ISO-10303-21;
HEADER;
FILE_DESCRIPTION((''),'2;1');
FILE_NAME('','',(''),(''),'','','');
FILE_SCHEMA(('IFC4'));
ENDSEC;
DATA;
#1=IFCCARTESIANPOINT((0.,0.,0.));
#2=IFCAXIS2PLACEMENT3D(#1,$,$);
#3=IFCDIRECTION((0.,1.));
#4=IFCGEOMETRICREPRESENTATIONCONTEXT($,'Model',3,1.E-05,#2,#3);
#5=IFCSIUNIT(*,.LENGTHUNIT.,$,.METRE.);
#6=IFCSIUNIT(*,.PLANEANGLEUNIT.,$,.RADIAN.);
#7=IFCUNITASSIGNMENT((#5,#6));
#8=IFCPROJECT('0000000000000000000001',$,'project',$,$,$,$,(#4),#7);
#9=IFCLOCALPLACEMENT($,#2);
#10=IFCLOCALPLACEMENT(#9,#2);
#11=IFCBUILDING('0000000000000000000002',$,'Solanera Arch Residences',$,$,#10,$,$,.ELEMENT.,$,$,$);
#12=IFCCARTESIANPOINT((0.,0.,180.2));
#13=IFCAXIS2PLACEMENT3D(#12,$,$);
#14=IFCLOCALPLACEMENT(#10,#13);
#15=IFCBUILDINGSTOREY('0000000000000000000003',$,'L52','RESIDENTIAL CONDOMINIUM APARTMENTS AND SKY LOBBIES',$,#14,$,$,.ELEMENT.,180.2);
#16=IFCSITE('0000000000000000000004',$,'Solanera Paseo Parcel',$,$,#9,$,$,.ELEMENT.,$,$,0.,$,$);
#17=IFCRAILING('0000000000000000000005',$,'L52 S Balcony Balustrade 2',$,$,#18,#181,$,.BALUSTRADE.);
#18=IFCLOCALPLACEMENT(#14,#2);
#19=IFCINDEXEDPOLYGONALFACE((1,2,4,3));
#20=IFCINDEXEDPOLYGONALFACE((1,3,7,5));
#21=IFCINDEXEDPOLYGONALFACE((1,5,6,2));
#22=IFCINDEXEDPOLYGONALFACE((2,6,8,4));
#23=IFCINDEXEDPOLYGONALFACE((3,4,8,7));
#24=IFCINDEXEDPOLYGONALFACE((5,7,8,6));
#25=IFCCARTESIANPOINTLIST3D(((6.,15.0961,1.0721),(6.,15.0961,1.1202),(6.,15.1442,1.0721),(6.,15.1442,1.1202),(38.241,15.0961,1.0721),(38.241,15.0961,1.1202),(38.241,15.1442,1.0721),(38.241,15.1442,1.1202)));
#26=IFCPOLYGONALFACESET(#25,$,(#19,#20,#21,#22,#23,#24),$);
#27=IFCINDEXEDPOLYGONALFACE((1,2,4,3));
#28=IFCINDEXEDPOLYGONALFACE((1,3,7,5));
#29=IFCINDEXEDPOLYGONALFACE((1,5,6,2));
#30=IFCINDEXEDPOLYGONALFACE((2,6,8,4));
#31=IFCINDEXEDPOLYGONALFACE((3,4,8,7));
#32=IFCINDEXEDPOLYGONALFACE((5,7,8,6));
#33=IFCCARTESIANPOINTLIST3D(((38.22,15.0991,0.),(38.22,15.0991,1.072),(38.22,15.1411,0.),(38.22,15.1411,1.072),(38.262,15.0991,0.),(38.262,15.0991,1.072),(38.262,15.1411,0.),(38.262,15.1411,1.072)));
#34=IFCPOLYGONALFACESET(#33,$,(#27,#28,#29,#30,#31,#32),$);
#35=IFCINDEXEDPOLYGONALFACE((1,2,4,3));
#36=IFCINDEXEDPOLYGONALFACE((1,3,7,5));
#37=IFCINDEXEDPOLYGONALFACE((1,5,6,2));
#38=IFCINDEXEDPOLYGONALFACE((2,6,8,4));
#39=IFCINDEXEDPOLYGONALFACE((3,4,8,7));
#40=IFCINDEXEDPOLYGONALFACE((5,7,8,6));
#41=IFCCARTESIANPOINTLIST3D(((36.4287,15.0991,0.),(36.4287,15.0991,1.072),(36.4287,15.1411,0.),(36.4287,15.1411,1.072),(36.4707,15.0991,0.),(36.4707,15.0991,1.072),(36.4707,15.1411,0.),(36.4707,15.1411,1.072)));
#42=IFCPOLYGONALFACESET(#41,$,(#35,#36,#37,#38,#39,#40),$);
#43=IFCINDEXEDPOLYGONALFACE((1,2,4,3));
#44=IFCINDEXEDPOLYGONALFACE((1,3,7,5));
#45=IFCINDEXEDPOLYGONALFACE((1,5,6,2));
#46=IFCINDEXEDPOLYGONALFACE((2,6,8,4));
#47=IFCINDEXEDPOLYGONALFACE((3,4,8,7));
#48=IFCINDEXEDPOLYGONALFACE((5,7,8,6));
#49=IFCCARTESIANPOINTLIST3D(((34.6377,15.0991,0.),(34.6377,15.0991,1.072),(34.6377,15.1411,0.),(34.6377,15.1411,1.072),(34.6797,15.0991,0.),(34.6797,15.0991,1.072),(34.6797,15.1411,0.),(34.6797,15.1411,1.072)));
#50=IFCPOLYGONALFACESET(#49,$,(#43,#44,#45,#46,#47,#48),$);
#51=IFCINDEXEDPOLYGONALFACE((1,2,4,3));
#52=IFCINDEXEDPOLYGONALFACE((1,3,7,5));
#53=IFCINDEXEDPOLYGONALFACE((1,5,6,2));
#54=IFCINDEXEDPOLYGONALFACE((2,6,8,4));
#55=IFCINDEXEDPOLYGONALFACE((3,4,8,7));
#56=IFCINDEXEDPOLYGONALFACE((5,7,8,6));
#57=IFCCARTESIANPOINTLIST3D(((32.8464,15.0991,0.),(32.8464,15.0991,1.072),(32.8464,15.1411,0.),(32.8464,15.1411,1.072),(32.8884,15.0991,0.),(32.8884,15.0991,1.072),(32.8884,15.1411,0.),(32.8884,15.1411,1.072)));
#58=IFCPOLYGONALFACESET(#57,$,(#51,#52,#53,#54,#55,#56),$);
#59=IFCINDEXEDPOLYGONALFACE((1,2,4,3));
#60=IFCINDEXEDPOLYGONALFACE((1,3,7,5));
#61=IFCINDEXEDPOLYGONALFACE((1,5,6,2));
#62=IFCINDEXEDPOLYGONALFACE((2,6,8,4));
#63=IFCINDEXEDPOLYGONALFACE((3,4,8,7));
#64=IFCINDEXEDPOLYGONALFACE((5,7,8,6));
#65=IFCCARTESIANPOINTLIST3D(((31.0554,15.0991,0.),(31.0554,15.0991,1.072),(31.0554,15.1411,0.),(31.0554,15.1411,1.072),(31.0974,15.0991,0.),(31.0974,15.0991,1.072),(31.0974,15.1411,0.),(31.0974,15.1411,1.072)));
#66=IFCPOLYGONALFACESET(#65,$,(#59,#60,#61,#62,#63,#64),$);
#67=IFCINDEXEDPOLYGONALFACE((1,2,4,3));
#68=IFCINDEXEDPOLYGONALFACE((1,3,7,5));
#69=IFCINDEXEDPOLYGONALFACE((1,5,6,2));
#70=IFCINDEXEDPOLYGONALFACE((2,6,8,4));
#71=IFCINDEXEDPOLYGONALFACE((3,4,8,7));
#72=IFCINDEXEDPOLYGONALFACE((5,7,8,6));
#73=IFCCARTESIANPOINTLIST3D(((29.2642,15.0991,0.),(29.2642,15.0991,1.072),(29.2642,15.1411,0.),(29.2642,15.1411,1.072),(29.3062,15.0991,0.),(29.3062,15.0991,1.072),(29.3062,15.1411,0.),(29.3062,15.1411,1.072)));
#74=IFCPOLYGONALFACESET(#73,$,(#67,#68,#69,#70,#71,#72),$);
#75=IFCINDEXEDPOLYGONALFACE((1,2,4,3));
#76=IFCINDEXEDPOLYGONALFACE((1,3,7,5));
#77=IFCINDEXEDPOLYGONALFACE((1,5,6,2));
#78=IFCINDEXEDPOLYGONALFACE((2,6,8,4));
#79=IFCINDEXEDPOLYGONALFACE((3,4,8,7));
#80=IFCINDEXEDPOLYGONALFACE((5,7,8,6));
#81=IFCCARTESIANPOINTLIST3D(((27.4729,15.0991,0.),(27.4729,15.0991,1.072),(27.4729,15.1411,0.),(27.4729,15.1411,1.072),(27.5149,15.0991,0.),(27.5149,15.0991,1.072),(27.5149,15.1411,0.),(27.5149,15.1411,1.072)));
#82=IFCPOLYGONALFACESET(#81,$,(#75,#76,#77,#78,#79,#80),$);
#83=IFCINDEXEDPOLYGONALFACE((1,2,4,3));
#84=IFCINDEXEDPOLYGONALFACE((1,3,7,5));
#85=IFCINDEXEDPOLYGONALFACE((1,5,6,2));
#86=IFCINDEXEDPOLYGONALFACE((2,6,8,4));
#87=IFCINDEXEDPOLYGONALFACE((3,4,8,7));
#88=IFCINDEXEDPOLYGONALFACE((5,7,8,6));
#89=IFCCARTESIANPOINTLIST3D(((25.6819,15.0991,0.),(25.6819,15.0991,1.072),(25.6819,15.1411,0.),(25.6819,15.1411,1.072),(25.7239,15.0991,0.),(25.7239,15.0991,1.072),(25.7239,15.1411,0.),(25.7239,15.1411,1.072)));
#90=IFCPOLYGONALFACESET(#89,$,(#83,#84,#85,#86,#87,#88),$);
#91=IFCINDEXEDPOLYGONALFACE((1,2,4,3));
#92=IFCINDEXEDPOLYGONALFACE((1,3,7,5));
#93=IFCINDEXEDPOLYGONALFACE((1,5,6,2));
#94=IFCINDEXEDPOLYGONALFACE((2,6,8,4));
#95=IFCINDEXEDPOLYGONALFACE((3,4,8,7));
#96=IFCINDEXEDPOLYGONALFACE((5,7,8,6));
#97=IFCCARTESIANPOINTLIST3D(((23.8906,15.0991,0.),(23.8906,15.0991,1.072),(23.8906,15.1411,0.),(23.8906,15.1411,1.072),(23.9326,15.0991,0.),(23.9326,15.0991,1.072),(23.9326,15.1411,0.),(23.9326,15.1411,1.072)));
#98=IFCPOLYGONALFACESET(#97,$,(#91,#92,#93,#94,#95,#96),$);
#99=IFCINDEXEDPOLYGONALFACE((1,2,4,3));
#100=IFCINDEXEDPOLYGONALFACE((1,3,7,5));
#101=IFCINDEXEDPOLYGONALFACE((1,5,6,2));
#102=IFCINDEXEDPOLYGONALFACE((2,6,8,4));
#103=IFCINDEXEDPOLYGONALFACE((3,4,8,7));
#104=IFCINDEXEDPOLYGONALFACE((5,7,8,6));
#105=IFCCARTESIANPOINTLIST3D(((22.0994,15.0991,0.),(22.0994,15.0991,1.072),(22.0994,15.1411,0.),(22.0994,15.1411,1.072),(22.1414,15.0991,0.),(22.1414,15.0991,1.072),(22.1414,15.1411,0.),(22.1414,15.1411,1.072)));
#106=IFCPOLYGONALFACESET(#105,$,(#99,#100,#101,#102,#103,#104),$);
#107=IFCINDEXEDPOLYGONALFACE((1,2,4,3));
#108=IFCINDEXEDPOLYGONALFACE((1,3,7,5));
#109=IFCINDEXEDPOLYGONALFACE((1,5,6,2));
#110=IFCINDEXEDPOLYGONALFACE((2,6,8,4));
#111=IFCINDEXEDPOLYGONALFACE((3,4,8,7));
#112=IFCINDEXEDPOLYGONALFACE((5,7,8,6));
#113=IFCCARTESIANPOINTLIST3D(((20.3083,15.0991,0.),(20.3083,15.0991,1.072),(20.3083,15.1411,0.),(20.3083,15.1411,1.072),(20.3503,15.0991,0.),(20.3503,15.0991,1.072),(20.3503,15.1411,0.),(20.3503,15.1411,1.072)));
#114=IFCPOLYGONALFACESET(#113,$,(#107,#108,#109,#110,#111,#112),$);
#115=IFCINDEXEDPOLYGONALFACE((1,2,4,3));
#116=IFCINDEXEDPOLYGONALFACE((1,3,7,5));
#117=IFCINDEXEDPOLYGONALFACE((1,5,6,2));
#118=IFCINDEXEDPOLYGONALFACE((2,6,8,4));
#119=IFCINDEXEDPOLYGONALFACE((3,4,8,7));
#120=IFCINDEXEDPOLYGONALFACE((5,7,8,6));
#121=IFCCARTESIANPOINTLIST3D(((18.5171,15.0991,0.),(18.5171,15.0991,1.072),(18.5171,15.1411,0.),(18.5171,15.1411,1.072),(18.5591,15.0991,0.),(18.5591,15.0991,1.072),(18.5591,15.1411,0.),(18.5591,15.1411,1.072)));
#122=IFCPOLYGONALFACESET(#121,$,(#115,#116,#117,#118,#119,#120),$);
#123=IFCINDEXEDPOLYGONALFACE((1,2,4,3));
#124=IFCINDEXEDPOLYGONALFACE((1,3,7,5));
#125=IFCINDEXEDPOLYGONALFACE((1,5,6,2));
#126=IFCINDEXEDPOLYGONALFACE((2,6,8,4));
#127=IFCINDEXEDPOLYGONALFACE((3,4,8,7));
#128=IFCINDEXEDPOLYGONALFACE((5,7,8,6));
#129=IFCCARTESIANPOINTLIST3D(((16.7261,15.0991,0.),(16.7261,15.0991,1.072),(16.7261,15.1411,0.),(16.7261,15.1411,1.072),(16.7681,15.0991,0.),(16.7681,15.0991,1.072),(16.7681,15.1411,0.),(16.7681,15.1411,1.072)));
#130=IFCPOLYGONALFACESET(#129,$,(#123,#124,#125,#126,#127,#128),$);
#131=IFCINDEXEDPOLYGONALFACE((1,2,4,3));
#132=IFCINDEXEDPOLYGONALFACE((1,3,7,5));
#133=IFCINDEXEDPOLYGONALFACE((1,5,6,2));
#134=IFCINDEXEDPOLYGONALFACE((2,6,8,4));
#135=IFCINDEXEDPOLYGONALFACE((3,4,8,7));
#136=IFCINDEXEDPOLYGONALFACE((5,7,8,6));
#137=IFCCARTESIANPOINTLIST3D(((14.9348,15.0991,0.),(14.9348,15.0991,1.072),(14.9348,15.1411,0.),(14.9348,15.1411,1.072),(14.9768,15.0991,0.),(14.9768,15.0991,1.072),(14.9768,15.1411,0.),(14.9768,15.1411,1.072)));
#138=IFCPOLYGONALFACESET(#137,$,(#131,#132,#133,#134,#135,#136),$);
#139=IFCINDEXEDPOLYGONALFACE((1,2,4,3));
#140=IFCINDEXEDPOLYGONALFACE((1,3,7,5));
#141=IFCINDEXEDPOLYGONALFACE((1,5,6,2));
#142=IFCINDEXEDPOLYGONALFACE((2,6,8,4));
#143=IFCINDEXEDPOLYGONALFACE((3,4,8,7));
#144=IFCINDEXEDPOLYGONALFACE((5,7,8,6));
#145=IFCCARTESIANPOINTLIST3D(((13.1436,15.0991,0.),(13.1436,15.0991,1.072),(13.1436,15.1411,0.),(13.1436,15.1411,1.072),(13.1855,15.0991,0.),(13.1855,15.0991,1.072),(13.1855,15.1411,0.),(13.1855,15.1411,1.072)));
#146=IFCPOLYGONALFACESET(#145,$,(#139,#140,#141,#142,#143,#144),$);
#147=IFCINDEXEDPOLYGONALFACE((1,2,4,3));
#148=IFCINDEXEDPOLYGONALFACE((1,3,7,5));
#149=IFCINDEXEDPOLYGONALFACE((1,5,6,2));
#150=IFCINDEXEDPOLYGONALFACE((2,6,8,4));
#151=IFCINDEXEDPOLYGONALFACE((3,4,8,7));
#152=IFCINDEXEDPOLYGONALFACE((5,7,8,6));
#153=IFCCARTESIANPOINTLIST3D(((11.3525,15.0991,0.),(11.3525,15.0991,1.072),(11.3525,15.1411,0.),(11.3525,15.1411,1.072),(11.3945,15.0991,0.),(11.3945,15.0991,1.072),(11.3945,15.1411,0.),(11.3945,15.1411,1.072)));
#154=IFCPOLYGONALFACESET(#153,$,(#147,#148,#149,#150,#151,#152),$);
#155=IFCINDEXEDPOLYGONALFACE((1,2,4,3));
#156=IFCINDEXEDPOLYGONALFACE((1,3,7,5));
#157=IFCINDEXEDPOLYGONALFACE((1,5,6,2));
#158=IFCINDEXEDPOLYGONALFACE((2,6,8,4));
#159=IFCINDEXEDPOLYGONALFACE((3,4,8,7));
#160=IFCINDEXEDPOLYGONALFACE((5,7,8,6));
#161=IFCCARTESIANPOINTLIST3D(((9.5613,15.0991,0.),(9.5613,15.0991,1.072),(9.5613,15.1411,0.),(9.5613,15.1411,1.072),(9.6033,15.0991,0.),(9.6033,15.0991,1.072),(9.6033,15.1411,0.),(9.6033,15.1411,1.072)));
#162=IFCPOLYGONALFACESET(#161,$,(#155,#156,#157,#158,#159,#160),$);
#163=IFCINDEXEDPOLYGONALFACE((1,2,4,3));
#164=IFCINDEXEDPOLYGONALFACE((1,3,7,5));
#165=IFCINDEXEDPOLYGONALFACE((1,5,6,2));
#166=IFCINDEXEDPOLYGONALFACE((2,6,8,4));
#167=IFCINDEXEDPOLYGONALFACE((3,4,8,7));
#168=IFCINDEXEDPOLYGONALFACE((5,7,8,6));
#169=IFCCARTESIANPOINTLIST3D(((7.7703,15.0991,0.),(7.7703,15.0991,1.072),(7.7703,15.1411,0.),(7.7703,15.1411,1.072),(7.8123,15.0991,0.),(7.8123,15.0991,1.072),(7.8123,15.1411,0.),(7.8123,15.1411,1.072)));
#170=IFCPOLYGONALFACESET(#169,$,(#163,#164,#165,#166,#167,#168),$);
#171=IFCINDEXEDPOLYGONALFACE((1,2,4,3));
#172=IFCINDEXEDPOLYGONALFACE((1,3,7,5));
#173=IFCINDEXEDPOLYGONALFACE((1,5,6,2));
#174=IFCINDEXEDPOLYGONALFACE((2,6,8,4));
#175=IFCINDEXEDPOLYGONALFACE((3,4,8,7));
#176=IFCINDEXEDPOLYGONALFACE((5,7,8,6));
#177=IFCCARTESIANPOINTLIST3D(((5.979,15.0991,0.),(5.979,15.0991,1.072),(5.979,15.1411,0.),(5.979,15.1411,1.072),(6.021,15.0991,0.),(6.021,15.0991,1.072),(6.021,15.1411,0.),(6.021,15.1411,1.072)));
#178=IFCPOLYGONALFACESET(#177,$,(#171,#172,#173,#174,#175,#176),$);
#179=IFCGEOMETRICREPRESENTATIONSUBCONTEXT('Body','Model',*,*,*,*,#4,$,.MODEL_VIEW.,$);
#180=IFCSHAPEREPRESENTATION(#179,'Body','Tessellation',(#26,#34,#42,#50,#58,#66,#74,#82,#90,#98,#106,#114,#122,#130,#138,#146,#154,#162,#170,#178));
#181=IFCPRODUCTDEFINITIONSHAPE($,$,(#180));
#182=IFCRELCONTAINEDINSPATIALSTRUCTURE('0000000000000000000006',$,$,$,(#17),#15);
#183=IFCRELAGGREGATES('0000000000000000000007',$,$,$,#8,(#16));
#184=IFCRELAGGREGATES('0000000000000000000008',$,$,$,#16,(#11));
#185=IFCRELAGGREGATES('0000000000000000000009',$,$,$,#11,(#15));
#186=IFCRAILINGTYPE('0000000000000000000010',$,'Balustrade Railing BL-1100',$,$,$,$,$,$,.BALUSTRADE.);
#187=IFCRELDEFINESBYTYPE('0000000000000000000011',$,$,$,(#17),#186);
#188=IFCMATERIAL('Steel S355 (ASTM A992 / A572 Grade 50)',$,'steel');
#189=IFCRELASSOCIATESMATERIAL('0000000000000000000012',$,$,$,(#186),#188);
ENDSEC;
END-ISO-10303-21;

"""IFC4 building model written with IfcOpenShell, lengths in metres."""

from ifc_helpers import new_model, si_unit, direction, frame, origin, origin_2d, place, context, subcontext, project, spatial, rectangle, extrude, material, type_object, element, save


model = new_model("IFC4")

# Units and contexts
model_context = context("Model", 3, precision=1e-05, world=origin(), true_north=direction((0.0, 1.0)))
body_context = subcontext(model_context, "Body", "Model", "MODEL_VIEW")
ifc_project = project(units=[si_unit("LENGTHUNIT", "METRE"), si_unit("PLANEANGLEUNIT", "RADIAN")], contexts=[model_context])

# Site, building, storey
site_placement = place(None, origin())
site = spatial("IfcSite", under=ifc_project, at=site_placement, Name="Solanera Paseo Parcel", CompositionType="ELEMENT", RefElevation=0.0)
building_placement = place(site_placement, origin())
building = spatial("IfcBuilding", under=site, at=building_placement, Name="Solanera Arch Residences", CompositionType="ELEMENT")
storey_placement = place(building_placement, frame((0.0, 0.0, 180.2)))
storey = spatial("IfcBuildingStorey", under=building, at=storey_placement, Name="L52", Description="RESIDENTIAL CONDOMINIUM APARTMENTS AND SKY LOBBIES", CompositionType="ELEMENT", Elevation=180.2)

# Railing
ifc_material_1 = material(Name="Steel S355 (ASTM A992 / A572 Grade 50)", Category="steel")
railing_type = type_object("IfcRailingType", Name="Balustrade Railing BL-1100", PredefinedType="BALUSTRADE", material=ifc_material_1)
railing_1_placement = place(storey_placement, frame((38.241, 15.1201, 0.0)))
element("IfcRailing", 1, at=railing_1_placement, inside=storey, type_object=railing_type, Name="L52 S Balcony Balustrade 2", PredefinedType="BALUSTRADE", context=body_context, shape_type="SweptSolid", body=[
    extrude(rectangle(XDim=0.0481, YDim=0.0481, at=origin_2d()), frame((0.0, 0.0, 1.0962), z_axis=(-1.0, 0.0, 0.0), x_axis=(0.0, -1.0, 0.0)), (0.0, 0.0, 1.0), 32.241),
    extrude(rectangle(XDim=0.042, YDim=0.042, at=origin_2d()), origin(), (0.0, 0.0, 1.0), 1.072),
    extrude(rectangle(XDim=0.042, YDim=0.042, at=origin_2d()), frame((-1.7913, 0.0, 0.0)), (0.0, 0.0, 1.0), 1.072),
    extrude(rectangle(XDim=0.042, YDim=0.042, at=origin_2d()), frame((-3.5823, 0.0, 0.0)), (0.0, 0.0, 1.0), 1.072),
    extrude(rectangle(XDim=0.042, YDim=0.042, at=origin_2d()), frame((-5.3735, 0.0, 0.0)), (0.0, 0.0, 1.0), 1.072),
    extrude(rectangle(XDim=0.042, YDim=0.042, at=origin_2d()), frame((-7.1646, 0.0, 0.0)), (0.0, 0.0, 1.0), 1.072),
    extrude(rectangle(XDim=0.042, YDim=0.042, at=origin_2d()), frame((-8.9558, 0.0, 0.0)), (0.0, 0.0, 1.0), 1.072),
    extrude(rectangle(XDim=0.042, YDim=0.042, at=origin_2d()), frame((-10.7471, 0.0, 0.0)), (0.0, 0.0, 1.0), 1.072),
    extrude(rectangle(XDim=0.042, YDim=0.042, at=origin_2d()), frame((-12.5381, 0.0, 0.0)), (0.0, 0.0, 1.0), 1.072),
    extrude(rectangle(XDim=0.042, YDim=0.042, at=origin_2d()), frame((-14.3293, 0.0, 0.0)), (0.0, 0.0, 1.0), 1.072),
    extrude(rectangle(XDim=0.042, YDim=0.042, at=origin_2d()), frame((-16.1206, 0.0, 0.0)), (0.0, 0.0, 1.0), 1.072),
    extrude(rectangle(XDim=0.042, YDim=0.042, at=origin_2d()), frame((-17.9116, 0.0, 0.0)), (0.0, 0.0, 1.0), 1.072),
    extrude(rectangle(XDim=0.042, YDim=0.042, at=origin_2d()), frame((-19.7029, 0.0, 0.0)), (0.0, 0.0, 1.0), 1.072),
    extrude(rectangle(XDim=0.042, YDim=0.042, at=origin_2d()), frame((-21.4939, 0.0, 0.0)), (0.0, 0.0, 1.0), 1.072),
    extrude(rectangle(XDim=0.042, YDim=0.042, at=origin_2d()), frame((-23.2852, 0.0, 0.0)), (0.0, 0.0, 1.0), 1.072),
    extrude(rectangle(XDim=0.042, YDim=0.042, at=origin_2d()), frame((-25.0764, 0.0, 0.0)), (0.0, 0.0, 1.0), 1.072),
    extrude(rectangle(XDim=0.042, YDim=0.042, at=origin_2d()), frame((-26.8674, 0.0, 0.0)), (0.0, 0.0, 1.0), 1.072),
    extrude(rectangle(XDim=0.042, YDim=0.042, at=origin_2d()), frame((-28.6587, 0.0, 0.0)), (0.0, 0.0, 1.0), 1.072),
    extrude(rectangle(XDim=0.042, YDim=0.042, at=origin_2d()), frame((-30.4497, 0.0, 0.0)), (0.0, 0.0, 1.0), 1.072),
    extrude(rectangle(XDim=0.042, YDim=0.042, at=origin_2d()), frame((-32.241, 0.0, 0.0)), (0.0, 0.0, 1.0), 1.072),
])

save(model, "model.ifc")
